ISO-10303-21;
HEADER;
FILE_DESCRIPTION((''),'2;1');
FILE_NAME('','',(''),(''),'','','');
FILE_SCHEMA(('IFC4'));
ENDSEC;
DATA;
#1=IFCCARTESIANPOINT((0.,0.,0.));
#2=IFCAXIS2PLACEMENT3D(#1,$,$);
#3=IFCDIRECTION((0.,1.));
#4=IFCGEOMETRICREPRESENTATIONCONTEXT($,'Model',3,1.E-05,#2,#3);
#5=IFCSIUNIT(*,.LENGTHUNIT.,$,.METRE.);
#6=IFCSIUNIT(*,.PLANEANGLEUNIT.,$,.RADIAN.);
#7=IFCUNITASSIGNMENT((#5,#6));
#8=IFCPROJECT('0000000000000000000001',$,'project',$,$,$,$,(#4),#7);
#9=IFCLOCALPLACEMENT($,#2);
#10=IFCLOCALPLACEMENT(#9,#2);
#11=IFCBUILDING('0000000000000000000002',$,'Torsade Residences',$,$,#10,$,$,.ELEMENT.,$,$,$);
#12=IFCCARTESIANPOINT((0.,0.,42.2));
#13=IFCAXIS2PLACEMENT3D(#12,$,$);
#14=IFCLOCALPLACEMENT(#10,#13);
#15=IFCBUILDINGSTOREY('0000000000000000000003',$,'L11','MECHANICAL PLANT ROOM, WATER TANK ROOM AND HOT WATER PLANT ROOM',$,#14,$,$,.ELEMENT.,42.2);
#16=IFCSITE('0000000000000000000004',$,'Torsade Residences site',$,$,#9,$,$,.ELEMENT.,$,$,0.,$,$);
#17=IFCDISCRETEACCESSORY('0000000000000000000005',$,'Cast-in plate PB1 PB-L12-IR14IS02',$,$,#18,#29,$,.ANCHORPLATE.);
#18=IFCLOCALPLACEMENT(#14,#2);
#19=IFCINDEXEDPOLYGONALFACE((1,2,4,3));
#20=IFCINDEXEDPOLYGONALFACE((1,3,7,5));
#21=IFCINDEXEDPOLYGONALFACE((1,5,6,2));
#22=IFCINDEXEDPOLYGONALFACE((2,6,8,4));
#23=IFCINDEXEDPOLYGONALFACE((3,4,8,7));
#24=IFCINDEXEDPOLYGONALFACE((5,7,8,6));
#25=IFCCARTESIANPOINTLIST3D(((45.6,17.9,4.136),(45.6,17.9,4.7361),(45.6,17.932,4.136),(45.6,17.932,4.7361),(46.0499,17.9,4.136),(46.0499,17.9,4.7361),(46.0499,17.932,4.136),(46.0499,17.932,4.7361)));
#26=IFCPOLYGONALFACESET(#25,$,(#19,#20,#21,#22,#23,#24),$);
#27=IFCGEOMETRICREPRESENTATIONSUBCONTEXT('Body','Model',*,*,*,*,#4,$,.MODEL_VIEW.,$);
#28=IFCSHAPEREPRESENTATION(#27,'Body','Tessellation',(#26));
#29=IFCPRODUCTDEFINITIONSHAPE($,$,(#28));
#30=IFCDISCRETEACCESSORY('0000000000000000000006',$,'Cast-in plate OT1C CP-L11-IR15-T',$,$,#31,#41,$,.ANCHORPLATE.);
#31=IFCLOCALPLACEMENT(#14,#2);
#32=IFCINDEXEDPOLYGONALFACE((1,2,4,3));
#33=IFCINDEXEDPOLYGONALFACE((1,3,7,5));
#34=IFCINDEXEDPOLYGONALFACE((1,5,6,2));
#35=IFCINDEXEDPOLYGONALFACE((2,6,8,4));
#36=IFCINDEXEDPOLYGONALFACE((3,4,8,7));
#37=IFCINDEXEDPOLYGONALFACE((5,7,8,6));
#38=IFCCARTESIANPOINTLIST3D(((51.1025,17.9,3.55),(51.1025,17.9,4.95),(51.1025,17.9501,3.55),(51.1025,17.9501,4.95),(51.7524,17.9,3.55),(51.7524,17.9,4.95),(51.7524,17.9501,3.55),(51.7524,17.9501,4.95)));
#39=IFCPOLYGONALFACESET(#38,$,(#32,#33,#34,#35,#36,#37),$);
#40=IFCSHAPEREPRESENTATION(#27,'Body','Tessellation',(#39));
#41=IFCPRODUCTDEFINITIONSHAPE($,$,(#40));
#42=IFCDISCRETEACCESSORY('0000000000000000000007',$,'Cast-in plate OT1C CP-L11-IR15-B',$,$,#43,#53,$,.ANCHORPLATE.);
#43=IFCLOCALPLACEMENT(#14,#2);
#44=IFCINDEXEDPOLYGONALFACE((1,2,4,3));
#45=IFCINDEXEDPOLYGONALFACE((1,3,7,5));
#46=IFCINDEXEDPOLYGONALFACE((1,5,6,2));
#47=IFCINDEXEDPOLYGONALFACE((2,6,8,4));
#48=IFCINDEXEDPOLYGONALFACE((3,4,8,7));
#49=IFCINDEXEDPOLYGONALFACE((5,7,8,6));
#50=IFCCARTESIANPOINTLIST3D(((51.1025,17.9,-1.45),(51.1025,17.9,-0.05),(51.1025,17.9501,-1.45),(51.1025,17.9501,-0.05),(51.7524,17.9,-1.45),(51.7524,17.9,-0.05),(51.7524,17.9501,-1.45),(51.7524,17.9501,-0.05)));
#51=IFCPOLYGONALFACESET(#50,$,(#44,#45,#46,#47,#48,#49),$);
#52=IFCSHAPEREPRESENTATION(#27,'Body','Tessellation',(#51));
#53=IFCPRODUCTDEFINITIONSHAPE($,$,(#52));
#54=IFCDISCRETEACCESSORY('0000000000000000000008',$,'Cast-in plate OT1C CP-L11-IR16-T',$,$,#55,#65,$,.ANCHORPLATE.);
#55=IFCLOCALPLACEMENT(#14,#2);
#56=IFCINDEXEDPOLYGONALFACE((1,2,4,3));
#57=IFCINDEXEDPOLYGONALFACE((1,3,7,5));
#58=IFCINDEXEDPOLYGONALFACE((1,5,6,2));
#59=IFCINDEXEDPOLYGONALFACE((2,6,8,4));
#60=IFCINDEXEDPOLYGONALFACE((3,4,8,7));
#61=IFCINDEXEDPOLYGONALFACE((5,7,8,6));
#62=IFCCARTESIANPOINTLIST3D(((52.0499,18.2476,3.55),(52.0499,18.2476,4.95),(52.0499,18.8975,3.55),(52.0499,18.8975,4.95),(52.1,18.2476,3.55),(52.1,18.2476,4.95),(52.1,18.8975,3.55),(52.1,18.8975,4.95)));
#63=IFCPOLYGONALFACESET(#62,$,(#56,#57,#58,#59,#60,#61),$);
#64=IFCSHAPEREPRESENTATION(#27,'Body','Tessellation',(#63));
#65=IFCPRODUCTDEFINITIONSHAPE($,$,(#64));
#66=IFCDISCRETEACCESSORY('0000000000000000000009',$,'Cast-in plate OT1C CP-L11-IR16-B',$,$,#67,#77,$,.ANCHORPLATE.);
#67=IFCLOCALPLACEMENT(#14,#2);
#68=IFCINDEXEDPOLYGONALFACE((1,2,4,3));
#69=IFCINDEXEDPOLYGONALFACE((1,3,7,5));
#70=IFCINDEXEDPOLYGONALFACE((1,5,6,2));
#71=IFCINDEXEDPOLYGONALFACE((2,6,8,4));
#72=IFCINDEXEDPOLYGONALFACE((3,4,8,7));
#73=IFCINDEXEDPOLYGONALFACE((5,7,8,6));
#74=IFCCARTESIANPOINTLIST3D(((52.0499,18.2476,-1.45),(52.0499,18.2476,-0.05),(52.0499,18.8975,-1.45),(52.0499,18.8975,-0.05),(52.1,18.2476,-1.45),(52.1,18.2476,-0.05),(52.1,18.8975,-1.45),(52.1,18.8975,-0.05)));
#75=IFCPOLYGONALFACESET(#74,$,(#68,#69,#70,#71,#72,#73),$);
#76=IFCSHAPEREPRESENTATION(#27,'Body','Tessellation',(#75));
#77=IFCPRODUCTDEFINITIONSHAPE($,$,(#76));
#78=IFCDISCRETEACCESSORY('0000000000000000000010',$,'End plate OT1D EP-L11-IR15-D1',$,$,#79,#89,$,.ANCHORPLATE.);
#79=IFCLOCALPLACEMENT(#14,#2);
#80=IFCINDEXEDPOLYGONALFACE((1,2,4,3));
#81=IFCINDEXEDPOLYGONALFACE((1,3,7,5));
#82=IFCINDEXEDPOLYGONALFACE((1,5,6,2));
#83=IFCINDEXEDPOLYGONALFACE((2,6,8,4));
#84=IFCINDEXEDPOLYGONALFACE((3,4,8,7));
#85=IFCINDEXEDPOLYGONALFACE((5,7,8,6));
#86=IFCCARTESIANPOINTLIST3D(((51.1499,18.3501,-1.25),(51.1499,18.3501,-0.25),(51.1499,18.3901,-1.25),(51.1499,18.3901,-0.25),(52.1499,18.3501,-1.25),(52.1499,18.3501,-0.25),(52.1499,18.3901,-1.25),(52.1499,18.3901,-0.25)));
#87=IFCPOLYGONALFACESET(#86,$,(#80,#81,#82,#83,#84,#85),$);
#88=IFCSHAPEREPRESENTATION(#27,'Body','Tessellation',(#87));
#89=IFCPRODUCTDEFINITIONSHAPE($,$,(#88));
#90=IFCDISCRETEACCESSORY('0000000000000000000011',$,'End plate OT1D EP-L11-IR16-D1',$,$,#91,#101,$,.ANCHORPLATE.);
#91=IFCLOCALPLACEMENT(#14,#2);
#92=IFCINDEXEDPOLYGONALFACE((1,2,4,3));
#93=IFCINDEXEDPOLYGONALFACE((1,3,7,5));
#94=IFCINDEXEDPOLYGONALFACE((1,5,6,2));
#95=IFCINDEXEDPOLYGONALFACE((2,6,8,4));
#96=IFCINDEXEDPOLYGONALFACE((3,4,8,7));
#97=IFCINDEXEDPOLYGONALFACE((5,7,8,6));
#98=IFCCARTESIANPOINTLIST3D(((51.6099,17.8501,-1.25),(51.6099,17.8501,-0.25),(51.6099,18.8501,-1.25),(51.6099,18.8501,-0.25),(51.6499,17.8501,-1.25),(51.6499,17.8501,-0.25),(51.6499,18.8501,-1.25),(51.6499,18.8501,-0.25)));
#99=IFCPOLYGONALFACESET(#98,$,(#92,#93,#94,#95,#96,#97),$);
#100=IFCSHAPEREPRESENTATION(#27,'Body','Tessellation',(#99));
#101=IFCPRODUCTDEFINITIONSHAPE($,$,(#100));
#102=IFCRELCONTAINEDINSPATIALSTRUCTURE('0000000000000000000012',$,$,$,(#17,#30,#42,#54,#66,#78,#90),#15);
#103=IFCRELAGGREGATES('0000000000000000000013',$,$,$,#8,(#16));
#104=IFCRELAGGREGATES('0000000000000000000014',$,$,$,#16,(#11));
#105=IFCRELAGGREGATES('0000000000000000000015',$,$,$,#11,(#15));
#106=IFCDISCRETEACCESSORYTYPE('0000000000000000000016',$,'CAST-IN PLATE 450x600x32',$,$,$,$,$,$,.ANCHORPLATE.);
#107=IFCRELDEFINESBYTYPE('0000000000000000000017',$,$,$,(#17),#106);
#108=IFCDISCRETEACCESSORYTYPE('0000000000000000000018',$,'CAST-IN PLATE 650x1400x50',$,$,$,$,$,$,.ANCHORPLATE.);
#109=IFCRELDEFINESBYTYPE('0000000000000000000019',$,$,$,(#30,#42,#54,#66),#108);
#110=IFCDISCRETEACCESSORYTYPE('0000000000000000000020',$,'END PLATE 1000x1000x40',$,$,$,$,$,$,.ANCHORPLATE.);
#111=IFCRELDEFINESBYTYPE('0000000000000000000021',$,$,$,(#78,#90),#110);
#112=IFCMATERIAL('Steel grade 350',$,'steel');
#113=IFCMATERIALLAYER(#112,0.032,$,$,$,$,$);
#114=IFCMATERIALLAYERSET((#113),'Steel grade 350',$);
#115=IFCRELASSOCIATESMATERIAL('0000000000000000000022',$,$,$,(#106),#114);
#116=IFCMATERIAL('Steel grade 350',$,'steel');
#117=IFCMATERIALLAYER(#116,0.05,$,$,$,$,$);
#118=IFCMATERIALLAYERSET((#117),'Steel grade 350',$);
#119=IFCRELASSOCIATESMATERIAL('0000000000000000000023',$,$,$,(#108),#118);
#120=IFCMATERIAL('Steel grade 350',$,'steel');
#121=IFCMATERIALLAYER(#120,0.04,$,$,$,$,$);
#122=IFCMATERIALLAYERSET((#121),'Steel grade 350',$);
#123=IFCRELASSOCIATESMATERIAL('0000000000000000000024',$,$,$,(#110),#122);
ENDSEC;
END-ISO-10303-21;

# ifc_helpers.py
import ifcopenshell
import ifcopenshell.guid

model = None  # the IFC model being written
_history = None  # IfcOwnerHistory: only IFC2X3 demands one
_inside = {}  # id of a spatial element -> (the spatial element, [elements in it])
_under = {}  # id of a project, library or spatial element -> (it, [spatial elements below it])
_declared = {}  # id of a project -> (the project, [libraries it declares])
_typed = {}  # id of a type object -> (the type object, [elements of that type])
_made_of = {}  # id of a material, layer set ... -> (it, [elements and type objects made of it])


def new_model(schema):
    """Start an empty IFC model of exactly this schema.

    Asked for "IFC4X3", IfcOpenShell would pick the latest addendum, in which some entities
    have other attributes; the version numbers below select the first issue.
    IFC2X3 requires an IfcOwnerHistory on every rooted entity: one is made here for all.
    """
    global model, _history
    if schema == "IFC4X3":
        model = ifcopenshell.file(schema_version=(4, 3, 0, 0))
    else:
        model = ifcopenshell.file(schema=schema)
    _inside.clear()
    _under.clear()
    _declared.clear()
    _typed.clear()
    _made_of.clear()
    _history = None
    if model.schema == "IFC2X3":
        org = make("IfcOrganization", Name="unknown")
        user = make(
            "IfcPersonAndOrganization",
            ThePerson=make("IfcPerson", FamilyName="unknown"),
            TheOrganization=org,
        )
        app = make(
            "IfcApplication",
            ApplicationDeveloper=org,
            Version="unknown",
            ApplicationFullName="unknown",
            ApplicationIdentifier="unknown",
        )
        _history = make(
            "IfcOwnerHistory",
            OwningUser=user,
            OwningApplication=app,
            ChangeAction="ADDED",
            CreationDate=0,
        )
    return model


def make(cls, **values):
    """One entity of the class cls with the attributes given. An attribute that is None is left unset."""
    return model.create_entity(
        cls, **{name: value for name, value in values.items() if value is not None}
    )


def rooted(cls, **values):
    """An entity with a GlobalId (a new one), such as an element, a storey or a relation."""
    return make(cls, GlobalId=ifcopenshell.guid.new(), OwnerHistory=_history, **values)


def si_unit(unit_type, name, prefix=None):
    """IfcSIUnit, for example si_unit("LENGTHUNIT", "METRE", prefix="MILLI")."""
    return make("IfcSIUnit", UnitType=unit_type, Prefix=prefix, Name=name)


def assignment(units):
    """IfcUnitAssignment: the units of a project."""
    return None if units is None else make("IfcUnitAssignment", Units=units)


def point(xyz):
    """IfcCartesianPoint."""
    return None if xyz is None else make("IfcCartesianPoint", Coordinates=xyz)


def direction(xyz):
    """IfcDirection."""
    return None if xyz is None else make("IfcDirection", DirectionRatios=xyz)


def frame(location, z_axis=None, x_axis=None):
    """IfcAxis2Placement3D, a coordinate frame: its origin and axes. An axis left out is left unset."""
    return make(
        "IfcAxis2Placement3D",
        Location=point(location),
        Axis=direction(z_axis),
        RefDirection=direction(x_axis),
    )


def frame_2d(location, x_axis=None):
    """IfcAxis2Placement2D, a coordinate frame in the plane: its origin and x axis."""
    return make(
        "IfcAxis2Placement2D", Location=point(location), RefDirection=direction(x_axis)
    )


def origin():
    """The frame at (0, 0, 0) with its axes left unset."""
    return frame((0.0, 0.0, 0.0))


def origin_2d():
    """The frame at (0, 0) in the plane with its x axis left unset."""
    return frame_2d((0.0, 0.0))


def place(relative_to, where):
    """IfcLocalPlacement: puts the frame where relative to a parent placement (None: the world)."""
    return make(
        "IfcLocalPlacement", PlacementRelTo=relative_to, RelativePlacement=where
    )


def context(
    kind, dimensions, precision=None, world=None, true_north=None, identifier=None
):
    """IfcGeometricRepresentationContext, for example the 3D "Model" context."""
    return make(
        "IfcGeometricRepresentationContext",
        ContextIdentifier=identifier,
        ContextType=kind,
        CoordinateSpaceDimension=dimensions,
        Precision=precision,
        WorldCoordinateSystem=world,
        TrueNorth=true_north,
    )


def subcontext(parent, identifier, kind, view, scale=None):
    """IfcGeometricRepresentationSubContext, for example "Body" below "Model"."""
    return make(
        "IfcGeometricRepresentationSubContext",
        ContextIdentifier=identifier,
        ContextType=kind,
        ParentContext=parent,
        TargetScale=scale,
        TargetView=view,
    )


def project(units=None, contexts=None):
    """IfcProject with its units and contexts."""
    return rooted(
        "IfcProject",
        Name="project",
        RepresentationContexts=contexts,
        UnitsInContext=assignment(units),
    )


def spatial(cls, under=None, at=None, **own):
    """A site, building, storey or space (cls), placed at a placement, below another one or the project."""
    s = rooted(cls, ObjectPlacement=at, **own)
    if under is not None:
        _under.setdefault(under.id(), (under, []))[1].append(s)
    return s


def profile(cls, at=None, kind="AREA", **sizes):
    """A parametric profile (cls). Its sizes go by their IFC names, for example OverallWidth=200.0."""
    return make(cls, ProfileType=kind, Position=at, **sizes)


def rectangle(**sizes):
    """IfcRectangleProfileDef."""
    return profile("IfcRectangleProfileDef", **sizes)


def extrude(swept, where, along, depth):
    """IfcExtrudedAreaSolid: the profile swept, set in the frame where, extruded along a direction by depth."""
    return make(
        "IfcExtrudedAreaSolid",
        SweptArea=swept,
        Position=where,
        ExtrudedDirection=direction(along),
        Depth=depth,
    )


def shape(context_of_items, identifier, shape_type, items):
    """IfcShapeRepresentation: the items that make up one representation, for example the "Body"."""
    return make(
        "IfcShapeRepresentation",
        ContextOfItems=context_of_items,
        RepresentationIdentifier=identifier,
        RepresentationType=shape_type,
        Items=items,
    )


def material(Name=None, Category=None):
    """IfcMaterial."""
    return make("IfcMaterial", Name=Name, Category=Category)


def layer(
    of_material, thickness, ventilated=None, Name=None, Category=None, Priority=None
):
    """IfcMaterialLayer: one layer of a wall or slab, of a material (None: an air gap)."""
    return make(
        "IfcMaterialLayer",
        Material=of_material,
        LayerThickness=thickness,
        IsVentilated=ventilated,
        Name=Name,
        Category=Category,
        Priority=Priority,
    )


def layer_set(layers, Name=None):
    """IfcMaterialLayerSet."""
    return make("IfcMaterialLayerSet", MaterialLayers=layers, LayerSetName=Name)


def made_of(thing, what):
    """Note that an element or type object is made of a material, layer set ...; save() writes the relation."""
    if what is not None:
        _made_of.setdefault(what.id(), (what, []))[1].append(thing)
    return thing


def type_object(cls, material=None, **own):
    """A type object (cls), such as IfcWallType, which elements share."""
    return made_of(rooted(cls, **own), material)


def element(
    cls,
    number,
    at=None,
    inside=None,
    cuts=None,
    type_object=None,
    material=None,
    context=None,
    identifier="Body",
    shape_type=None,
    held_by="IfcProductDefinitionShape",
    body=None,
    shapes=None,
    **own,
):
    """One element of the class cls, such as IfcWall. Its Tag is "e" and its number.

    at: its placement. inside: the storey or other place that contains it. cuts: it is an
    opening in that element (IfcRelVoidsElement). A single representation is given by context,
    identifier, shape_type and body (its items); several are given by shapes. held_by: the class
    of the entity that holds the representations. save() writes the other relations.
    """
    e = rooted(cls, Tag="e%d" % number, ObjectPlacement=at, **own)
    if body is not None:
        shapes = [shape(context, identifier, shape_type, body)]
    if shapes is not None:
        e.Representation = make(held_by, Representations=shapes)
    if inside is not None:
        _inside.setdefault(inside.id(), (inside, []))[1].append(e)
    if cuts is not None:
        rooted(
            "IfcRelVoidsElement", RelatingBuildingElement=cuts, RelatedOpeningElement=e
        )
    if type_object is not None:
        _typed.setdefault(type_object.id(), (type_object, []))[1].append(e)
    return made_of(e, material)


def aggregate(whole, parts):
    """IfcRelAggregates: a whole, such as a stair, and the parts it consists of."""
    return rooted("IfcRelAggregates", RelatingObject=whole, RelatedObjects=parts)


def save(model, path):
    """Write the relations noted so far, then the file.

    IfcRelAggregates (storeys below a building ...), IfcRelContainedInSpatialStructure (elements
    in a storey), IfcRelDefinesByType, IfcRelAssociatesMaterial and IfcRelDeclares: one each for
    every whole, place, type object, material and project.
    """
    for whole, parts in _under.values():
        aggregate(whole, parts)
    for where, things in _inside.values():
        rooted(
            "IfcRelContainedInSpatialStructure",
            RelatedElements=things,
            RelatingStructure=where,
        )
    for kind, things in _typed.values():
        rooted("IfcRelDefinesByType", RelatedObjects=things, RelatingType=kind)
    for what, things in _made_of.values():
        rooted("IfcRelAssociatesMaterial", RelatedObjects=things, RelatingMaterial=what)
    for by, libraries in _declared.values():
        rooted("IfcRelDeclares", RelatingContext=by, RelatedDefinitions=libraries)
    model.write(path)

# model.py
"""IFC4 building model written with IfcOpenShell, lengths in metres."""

from ifc_helpers import new_model, si_unit, direction, frame, origin, origin_2d, place, context, subcontext, project, spatial, rectangle, extrude, material, layer, layer_set, type_object, element, save


model = new_model("IFC4")

# Units and contexts
model_context = context("Model", 3, precision=1e-05, world=origin(), true_north=direction((0.0, 1.0)))
body_context = subcontext(model_context, "Body", "Model", "MODEL_VIEW")
ifc_project = project(units=[si_unit("LENGTHUNIT", "METRE"), si_unit("PLANEANGLEUNIT", "RADIAN")], contexts=[model_context])

# Site, building, storey
site_placement = place(None, origin())
site = spatial("IfcSite", under=ifc_project, at=site_placement, Name="Torsade Residences site", CompositionType="ELEMENT", RefElevation=0.0)
building_placement = place(site_placement, origin())
building = spatial("IfcBuilding", under=site, at=building_placement, Name="Torsade Residences", CompositionType="ELEMENT")
storey_placement = place(building_placement, frame((0.0, 0.0, 42.2)))
storey = spatial("IfcBuildingStorey", under=building, at=storey_placement, Name="L11", Description="MECHANICAL PLANT ROOM, WATER TANK ROOM AND HOT WATER PLANT ROOM", CompositionType="ELEMENT", Elevation=42.2)

# Discrete accessories
ifc_material_1 = material(Name="Steel grade 350", Category="steel")
ifc_layer_1 = layer(ifc_material_1, 0.032)
ifc_layer_set_1 = layer_set([ifc_layer_1], Name="Steel grade 350")
discrete_accessory_type_1 = type_object("IfcDiscreteAccessoryType", Name="CAST-IN PLATE 450x600x32", PredefinedType="ANCHORPLATE", material=ifc_layer_set_1)
for number, where, z_axis, x_axis, name in (
    (1, (45.825, 17.916, 4.136), (0.0, 0.0, 1.0), (1.0, 0.0, 0.0), "Cast-in plate PB1 PB-L12-IR14IS02"),
):
    element("IfcDiscreteAccessory", number, at=place(storey_placement, frame(where, z_axis=z_axis, x_axis=x_axis)), inside=storey, type_object=discrete_accessory_type_1, Name=name, PredefinedType="ANCHORPLATE", context=body_context, shape_type="SweptSolid", body=[
        extrude(rectangle(XDim=0.45, YDim=0.032, at=origin_2d()), origin(), (0.0, 0.0, 1.0), 0.6001),
    ])
ifc_material_2 = material(Name="Steel grade 350", Category="steel")
ifc_layer_2 = layer(ifc_material_2, 0.05)
ifc_layer_set_2 = layer_set([ifc_layer_2], Name="Steel grade 350")
discrete_accessory_type_2 = type_object("IfcDiscreteAccessoryType", Name="CAST-IN PLATE 650x1400x50", PredefinedType="ANCHORPLATE", material=ifc_layer_set_2)
for number, where, z_axis, x_axis, name in (
    (2, (51.4275, 17.925, 3.55), (0.0, 0.0, 1.0), (1.0, 0.0, 0.0), "Cast-in plate OT1C CP-L11-IR15-T"),
    (3, (51.4275, 17.925, -1.45), (0.0, 0.0, 1.0), (1.0, 0.0, 0.0), "Cast-in plate OT1C CP-L11-IR15-B"),
):
    element("IfcDiscreteAccessory", number, at=place(storey_placement, frame(where, z_axis=z_axis, x_axis=x_axis)), inside=storey, type_object=discrete_accessory_type_2, Name=name, PredefinedType="ANCHORPLATE", context=body_context, shape_type="SweptSolid", body=[
        extrude(rectangle(XDim=0.6499, YDim=0.05, at=origin_2d()), origin(), (0.0, 0.0, 1.0), 1.3999),
    ])
for number, where, z_axis, x_axis, name in (
    (4, (52.075, 18.5725, 3.55), (0.0, 0.0, 1.0), (1.0, 0.0, 0.0), "Cast-in plate OT1C CP-L11-IR16-T"),
    (5, (52.075, 18.5725, -1.45), (0.0, 0.0, 1.0), (1.0, 0.0, 0.0), "Cast-in plate OT1C CP-L11-IR16-B"),
):
    element("IfcDiscreteAccessory", number, at=place(storey_placement, frame(where, z_axis=z_axis, x_axis=x_axis)), inside=storey, type_object=discrete_accessory_type_2, Name=name, PredefinedType="ANCHORPLATE", context=body_context, shape_type="SweptSolid", body=[
        extrude(rectangle(XDim=0.05, YDim=0.6499, at=origin_2d()), origin(), (0.0, 0.0, 1.0), 1.3999),
    ])
ifc_material_3 = material(Name="Steel grade 350", Category="steel")
ifc_layer_3 = layer(ifc_material_3, 0.04)
ifc_layer_set_3 = layer_set([ifc_layer_3], Name="Steel grade 350")
discrete_accessory_type_3 = type_object("IfcDiscreteAccessoryType", Name="END PLATE 1000x1000x40", PredefinedType="ANCHORPLATE", material=ifc_layer_set_3)
discrete_accessory_1_placement = place(storey_placement, frame((51.6499, 18.3701, -1.25), z_axis=(0.0, 0.0, 1.0), x_axis=(1.0, 0.0, 0.0)))
element("IfcDiscreteAccessory", 6, at=discrete_accessory_1_placement, inside=storey, type_object=discrete_accessory_type_3, Name="End plate OT1D EP-L11-IR15-D1", PredefinedType="ANCHORPLATE", context=body_context, shape_type="SweptSolid", body=[
    extrude(rectangle(XDim=1.0, YDim=0.04, at=origin_2d()), origin(), (0.0, 0.0, 1.0), 1.0),
])
discrete_accessory_2_placement = place(storey_placement, frame((51.6299, 18.3501, -1.25), z_axis=(0.0, 0.0, 1.0), x_axis=(1.0, 0.0, 0.0)))
element("IfcDiscreteAccessory", 7, at=discrete_accessory_2_placement, inside=storey, type_object=discrete_accessory_type_3, Name="End plate OT1D EP-L11-IR16-D1", PredefinedType="ANCHORPLATE", context=body_context, shape_type="SweptSolid", body=[
    extrude(rectangle(XDim=0.04, YDim=1.0, at=origin_2d()), origin(), (0.0, 0.0, 1.0), 1.0),
])

save(model, "model.ifc")
